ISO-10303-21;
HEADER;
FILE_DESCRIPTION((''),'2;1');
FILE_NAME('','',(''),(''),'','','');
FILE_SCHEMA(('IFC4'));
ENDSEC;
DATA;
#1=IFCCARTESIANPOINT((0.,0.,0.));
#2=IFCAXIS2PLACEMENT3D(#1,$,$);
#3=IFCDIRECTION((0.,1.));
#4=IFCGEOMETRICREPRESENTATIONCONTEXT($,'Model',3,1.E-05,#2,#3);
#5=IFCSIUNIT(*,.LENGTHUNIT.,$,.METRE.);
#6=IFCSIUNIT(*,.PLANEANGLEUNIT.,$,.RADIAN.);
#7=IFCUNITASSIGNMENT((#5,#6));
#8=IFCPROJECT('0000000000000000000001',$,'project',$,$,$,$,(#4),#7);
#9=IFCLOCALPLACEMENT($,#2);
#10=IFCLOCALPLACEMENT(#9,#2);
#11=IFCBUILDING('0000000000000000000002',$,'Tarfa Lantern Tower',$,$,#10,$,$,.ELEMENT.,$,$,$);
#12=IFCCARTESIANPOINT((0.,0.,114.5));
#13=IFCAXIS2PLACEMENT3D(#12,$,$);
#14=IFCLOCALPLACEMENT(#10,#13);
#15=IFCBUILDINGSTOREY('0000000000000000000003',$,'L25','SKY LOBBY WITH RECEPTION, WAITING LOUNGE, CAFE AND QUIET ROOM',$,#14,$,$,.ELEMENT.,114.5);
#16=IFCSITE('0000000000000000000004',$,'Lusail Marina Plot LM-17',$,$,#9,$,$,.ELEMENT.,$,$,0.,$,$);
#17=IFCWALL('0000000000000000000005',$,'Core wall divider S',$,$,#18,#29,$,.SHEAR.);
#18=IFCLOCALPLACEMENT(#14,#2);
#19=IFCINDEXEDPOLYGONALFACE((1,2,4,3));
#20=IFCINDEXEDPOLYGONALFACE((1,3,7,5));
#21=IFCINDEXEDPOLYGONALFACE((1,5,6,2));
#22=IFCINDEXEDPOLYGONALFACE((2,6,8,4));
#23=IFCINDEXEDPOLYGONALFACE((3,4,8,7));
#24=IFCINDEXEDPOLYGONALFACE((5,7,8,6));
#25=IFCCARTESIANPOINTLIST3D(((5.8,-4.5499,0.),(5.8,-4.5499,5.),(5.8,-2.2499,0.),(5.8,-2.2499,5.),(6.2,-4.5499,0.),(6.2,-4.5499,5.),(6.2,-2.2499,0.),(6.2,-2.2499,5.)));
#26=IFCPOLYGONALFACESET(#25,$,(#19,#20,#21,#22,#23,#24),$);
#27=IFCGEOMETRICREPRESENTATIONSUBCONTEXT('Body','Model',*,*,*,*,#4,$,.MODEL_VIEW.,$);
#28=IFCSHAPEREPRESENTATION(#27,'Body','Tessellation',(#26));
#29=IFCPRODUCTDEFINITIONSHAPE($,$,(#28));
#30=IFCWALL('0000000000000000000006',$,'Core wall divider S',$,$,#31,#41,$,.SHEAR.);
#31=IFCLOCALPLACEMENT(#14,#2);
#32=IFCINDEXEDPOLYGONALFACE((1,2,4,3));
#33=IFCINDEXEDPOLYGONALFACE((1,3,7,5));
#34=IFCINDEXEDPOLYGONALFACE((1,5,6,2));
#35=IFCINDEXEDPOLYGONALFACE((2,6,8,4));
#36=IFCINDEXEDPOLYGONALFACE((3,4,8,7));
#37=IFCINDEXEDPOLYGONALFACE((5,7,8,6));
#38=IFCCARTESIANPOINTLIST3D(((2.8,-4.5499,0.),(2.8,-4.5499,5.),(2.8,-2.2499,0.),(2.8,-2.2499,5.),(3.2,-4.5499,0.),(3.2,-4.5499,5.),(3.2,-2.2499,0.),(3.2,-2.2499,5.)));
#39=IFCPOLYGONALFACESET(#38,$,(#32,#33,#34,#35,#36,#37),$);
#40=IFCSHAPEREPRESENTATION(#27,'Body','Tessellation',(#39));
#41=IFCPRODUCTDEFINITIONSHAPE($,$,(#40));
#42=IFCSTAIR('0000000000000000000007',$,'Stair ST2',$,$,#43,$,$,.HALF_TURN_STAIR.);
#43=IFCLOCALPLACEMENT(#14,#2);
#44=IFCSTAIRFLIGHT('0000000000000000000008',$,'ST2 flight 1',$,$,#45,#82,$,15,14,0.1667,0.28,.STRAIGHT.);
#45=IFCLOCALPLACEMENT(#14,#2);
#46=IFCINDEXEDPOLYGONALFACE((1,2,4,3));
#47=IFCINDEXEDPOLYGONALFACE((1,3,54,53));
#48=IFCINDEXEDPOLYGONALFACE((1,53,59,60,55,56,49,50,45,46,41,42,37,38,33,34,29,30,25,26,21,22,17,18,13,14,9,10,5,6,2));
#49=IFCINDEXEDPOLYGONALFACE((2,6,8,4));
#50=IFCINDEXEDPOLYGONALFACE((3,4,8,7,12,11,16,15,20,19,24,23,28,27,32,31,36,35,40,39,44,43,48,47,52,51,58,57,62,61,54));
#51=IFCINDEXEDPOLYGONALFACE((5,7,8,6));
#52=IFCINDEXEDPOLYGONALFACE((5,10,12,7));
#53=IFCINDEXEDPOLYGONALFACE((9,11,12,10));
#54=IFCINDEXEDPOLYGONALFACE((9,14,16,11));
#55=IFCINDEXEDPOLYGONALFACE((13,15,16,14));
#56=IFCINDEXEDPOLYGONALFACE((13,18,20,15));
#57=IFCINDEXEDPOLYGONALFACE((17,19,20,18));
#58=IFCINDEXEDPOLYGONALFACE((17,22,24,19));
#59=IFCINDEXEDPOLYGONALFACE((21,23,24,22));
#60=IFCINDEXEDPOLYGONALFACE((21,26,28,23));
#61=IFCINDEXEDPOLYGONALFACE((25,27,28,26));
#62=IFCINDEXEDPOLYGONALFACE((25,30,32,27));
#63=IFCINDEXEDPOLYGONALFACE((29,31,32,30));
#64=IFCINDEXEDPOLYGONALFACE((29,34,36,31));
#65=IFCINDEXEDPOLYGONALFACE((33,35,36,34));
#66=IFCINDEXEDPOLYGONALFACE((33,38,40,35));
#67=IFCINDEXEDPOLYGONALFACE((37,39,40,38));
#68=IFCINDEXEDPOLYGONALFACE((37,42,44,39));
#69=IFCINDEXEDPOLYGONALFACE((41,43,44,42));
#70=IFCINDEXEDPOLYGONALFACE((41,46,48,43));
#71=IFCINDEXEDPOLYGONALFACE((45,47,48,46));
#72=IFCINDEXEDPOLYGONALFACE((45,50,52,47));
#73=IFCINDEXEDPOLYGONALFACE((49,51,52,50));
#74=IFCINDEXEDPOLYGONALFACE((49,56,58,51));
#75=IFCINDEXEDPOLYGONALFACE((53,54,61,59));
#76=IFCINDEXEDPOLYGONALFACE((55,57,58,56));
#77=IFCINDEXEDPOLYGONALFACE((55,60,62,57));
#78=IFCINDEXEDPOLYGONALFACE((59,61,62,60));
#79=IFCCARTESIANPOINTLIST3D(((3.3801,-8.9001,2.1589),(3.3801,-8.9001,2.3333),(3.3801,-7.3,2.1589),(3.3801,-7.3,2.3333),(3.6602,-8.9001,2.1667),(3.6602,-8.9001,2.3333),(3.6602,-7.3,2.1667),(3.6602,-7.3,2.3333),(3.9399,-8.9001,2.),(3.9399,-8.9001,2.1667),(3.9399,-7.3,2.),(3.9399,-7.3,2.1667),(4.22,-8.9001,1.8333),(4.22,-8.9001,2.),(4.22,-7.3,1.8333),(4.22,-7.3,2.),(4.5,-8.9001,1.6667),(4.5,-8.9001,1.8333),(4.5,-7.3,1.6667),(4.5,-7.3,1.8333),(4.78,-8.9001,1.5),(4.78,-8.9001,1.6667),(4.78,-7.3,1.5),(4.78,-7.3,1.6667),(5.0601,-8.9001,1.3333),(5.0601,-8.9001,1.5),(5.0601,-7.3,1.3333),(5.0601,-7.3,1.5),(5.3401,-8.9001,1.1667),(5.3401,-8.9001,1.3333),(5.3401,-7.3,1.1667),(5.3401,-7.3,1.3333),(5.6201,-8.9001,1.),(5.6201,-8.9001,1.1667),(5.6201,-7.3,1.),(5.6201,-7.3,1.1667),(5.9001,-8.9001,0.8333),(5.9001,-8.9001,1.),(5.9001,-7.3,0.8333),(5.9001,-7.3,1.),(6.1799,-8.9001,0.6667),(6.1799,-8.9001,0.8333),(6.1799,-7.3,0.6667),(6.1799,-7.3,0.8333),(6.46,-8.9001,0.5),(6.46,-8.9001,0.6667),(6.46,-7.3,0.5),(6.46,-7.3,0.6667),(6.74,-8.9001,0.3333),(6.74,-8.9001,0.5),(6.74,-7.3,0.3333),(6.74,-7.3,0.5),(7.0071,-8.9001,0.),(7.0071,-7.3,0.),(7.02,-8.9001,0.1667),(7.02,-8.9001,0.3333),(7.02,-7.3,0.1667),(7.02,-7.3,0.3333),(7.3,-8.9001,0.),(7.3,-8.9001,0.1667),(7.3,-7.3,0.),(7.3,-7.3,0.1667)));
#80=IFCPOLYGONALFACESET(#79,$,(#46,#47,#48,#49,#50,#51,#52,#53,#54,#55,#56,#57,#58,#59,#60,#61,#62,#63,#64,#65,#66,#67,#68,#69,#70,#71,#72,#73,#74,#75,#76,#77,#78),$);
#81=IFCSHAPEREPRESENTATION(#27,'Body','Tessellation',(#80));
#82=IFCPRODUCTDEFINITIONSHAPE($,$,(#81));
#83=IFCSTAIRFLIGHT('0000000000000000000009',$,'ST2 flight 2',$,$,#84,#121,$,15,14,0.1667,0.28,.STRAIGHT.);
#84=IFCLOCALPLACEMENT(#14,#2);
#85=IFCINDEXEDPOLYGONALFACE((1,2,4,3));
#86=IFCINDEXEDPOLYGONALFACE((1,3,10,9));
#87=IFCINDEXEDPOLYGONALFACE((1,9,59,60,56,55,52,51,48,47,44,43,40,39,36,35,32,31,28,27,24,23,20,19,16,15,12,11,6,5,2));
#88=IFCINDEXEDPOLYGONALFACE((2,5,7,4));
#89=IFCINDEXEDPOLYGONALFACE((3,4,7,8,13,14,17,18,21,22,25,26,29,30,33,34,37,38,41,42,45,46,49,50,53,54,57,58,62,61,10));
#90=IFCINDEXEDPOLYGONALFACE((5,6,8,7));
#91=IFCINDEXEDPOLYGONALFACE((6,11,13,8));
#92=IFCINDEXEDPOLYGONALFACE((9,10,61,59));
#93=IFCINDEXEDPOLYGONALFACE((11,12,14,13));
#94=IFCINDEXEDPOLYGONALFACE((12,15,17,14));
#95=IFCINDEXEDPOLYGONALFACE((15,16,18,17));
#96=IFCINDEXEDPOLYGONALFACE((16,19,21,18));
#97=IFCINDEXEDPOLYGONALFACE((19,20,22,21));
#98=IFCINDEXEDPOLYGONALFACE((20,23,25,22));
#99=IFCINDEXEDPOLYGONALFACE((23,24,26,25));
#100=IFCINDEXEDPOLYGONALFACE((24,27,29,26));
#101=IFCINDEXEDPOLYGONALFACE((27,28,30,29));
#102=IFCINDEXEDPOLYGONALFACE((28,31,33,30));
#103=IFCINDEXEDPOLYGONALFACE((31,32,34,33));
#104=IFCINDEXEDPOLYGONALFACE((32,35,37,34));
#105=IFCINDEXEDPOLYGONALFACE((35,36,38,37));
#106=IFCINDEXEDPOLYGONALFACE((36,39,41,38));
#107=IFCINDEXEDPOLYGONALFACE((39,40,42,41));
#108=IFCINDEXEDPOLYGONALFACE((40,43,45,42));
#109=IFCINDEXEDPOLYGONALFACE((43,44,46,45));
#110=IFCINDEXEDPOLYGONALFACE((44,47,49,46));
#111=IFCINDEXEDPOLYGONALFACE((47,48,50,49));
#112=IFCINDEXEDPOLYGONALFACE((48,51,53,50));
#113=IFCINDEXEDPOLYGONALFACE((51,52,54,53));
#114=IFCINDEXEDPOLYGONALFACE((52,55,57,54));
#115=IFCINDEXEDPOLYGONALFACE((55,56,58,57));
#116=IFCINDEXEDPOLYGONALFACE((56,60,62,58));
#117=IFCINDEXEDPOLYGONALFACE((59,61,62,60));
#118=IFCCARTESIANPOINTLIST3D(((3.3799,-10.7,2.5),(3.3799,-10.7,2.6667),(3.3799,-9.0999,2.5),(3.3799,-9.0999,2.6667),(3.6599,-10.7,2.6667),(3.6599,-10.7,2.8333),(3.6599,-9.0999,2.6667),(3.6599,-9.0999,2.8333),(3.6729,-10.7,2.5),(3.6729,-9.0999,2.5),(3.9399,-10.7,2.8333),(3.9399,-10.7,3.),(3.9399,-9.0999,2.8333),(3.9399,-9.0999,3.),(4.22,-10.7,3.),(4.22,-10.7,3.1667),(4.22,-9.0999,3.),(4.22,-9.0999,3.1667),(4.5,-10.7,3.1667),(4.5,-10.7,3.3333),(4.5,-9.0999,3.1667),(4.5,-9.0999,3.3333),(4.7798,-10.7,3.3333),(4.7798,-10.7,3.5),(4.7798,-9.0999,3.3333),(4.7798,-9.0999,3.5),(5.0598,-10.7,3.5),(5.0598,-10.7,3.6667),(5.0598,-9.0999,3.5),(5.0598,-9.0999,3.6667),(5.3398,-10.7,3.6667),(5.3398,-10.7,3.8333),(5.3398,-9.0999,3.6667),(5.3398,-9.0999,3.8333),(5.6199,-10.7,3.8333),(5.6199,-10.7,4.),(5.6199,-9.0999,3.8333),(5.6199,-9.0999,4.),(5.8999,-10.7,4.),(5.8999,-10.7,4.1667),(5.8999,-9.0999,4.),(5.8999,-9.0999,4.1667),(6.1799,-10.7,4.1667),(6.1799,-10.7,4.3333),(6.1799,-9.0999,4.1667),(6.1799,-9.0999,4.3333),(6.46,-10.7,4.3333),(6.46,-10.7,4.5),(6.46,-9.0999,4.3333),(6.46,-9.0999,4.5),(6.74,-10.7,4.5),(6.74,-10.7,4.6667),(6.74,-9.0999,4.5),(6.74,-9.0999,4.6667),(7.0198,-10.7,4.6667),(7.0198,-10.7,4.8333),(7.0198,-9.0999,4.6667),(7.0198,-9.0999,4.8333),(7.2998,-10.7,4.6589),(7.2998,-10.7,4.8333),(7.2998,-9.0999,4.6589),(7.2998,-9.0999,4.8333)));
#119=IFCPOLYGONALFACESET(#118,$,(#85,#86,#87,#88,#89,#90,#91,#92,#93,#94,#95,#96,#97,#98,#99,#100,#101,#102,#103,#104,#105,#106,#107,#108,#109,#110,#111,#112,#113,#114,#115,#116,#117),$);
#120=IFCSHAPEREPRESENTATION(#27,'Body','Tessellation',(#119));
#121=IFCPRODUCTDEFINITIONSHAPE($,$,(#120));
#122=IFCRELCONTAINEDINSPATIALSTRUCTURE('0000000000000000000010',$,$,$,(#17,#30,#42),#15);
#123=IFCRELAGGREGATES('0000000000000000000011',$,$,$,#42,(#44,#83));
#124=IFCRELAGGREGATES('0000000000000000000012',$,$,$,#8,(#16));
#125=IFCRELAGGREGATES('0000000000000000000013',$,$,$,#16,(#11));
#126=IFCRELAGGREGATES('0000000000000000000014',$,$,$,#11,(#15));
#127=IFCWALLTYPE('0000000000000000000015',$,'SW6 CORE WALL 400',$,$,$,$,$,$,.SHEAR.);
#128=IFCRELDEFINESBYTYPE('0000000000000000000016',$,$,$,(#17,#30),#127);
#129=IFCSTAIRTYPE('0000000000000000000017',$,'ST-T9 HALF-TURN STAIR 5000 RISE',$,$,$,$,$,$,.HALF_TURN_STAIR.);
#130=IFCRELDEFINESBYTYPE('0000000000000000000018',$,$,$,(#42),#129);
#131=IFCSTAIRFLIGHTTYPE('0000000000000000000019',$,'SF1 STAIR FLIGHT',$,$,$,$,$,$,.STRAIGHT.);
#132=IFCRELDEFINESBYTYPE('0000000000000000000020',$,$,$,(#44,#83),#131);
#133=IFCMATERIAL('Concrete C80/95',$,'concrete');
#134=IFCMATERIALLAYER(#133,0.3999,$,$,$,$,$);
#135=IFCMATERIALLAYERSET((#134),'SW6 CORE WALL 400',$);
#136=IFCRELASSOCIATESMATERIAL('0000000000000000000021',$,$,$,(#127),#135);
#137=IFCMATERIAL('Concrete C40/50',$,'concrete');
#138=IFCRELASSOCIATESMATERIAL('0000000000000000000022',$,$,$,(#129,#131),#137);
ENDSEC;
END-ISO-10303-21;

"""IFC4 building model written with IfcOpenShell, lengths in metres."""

from ifc_helpers import new_model, si_unit, direction, frame, frame_2d, origin, place, context, subcontext, project, spatial, polyline, rectangle, outline, extrude, material, layer, layer_set, type_object, element, aggregate, save


model = new_model("IFC4")

# Units and contexts
model_context = context("Model", 3, precision=1e-05, world=origin(), true_north=direction((0.0, 1.0)))
body_context = subcontext(model_context, "Body", "Model", "MODEL_VIEW")
ifc_project = project(units=[si_unit("LENGTHUNIT", "METRE"), si_unit("PLANEANGLEUNIT", "RADIAN")], contexts=[model_context])

# Site, building, storey
site_placement = place(None, origin())
site = spatial("IfcSite", under=ifc_project, at=site_placement, Name="Lusail Marina Plot LM-17", CompositionType="ELEMENT", RefElevation=0.0)
building_placement = place(site_placement, origin())
building = spatial("IfcBuilding", under=site, at=building_placement, Name="Tarfa Lantern Tower", CompositionType="ELEMENT")
storey_placement = place(building_placement, frame((0.0, 0.0, 114.5)))
storey = spatial("IfcBuildingStorey", under=building, at=storey_placement, Name="L25", Description="SKY LOBBY WITH RECEPTION, WAITING LOUNGE, CAFE AND QUIET ROOM", CompositionType="ELEMENT", Elevation=114.5)

# Shared definitions
ifc_material_1 = material(Name="Concrete C80/95", Category="concrete")

# Walls
ifc_layer_1 = layer(ifc_material_1, 0.3999)
ifc_layer_set_1 = layer_set([ifc_layer_1], Name="SW6 CORE WALL 400")
wall_type_1 = type_object("IfcWallType", Name="SW6 CORE WALL 400", PredefinedType="SHEAR", material=ifc_layer_set_1)
for number, where, z_axis, x_axis, name in (
    (1, (6.0, -2.25, 0.0), (0.0, 0.0, 1.0), (0.0, -1.0, 0.0), "Core wall divider S"),
    (2, (3.0, -2.25, 0.0), (0.0, 0.0, 1.0), (0.0, -1.0, 0.0), "Core wall divider S"),
):
    element("IfcWall", number, at=place(storey_placement, frame(where, z_axis=z_axis, x_axis=x_axis)), inside=storey, type_object=wall_type_1, Name=name, PredefinedType="SHEAR", context=body_context, shape_type="SweptSolid", body=[
        extrude(rectangle(XDim=2.3, YDim=0.3999, at=frame_2d((1.1499, 0.0))), origin(), (0.0, 0.0, 1.0), 5.0),
    ])

# Stair, stair flights
ifc_material_2 = material(Name="Concrete C40/50", Category="concrete")
stair_type = type_object("IfcStairType", Name="ST-T9 HALF-TURN STAIR 5000 RISE", PredefinedType="HALF_TURN_STAIR", material=ifc_material_2)
stair_placement = place(storey_placement, origin())
stair = element("IfcStair", 3, at=stair_placement, inside=storey, type_object=stair_type, Name="Stair ST2", PredefinedType="HALF_TURN_STAIR")
stair_flight_type = type_object("IfcStairFlightType", Name="SF1 STAIR FLIGHT", PredefinedType="STRAIGHT", material=ifc_material_2)
stair_flight_1_placement = place(storey_placement, frame((7.3, -8.1001, 0.0), z_axis=(0.0, 0.0, 1.0), x_axis=(-1.0, 0.0, 0.0)))
stair_flight_1 = element("IfcStairFlight", 4, at=stair_flight_1_placement, type_object=stair_flight_type, Name="ST2 flight 1", NumberOfRisers=15, NumberOfTreads=14, PredefinedType="STRAIGHT", RiserHeight=0.1667, TreadLength=0.28, context=body_context, shape_type="SweptSolid", body=[
    extrude(outline(polyline([(0.0, 0.0), (0.0, 0.1667), (0.28, 0.1667), (0.28, 0.3333), (0.5601, 0.3333), (0.5601, 0.5), (0.8401, 0.5), (0.8401, 0.6667), (1.1201, 0.6667), (1.1201, 0.8333), (1.3999, 0.8333), (1.3999, 1.0), (1.6799, 1.0), (1.6799, 1.1667), (1.96, 1.1667), (1.96, 1.3333), (2.24, 1.3333), (2.24, 1.5), (2.52, 1.5), (2.52, 1.6667), (2.8, 1.6667), (2.8, 1.8333), (3.0801, 1.8333), (3.0801, 2.0), (3.3601, 2.0), (3.3601, 2.1667), (3.6399, 2.1667), (3.6399, 2.3333), (3.9199, 2.3333), (3.9199, 2.5), (3.9199, 2.1589), (0.293, 0.0), (0.0, 0.0)])), frame((0.0, 0.8, 0.0), z_axis=(0.0, -1.0, 0.0), x_axis=(1.0, 0.0, 0.0)), (0.0, 0.0, 1.0), 1.6001),
])
stair_flight_2_placement = place(storey_placement, frame((3.3799, -9.8999, 2.5), z_axis=(0.0, 0.0, 1.0), x_axis=(1.0, 0.0, 0.0)))
stair_flight_2 = element("IfcStairFlight", 5, at=stair_flight_2_placement, type_object=stair_flight_type, Name="ST2 flight 2", NumberOfRisers=15, NumberOfTreads=14, PredefinedType="STRAIGHT", RiserHeight=0.1667, TreadLength=0.28, context=body_context, shape_type="SweptSolid", body=[
    extrude(outline(polyline([(0.0, 0.0), (0.0, 0.1667), (0.28, 0.1667), (0.28, 0.3333), (0.5601, 0.3333), (0.5601, 0.5), (0.8401, 0.5), (0.8401, 0.6667), (1.1201, 0.6667), (1.1201, 0.8333), (1.3999, 0.8333), (1.3999, 1.0), (1.6799, 1.0), (1.6799, 1.1667), (1.96, 1.1667), (1.96, 1.3333), (2.24, 1.3333), (2.24, 1.5), (2.52, 1.5), (2.52, 1.6667), (2.8, 1.6667), (2.8, 1.8333), (3.0801, 1.8333), (3.0801, 2.0), (3.3601, 2.0), (3.3601, 2.1667), (3.6399, 2.1667), (3.6399, 2.3333), (3.9199, 2.3333), (3.9199, 2.5), (3.9199, 2.1589), (0.293, 0.0), (0.0, 0.0)])), frame((0.0, 0.8, 0.0), z_axis=(0.0, -1.0, 0.0), x_axis=(1.0, 0.0, 0.0)), (0.0, 0.0, 1.0), 1.6001),
])
aggregate(stair, [stair_flight_1, stair_flight_2])

save(model, "model.ifc")
